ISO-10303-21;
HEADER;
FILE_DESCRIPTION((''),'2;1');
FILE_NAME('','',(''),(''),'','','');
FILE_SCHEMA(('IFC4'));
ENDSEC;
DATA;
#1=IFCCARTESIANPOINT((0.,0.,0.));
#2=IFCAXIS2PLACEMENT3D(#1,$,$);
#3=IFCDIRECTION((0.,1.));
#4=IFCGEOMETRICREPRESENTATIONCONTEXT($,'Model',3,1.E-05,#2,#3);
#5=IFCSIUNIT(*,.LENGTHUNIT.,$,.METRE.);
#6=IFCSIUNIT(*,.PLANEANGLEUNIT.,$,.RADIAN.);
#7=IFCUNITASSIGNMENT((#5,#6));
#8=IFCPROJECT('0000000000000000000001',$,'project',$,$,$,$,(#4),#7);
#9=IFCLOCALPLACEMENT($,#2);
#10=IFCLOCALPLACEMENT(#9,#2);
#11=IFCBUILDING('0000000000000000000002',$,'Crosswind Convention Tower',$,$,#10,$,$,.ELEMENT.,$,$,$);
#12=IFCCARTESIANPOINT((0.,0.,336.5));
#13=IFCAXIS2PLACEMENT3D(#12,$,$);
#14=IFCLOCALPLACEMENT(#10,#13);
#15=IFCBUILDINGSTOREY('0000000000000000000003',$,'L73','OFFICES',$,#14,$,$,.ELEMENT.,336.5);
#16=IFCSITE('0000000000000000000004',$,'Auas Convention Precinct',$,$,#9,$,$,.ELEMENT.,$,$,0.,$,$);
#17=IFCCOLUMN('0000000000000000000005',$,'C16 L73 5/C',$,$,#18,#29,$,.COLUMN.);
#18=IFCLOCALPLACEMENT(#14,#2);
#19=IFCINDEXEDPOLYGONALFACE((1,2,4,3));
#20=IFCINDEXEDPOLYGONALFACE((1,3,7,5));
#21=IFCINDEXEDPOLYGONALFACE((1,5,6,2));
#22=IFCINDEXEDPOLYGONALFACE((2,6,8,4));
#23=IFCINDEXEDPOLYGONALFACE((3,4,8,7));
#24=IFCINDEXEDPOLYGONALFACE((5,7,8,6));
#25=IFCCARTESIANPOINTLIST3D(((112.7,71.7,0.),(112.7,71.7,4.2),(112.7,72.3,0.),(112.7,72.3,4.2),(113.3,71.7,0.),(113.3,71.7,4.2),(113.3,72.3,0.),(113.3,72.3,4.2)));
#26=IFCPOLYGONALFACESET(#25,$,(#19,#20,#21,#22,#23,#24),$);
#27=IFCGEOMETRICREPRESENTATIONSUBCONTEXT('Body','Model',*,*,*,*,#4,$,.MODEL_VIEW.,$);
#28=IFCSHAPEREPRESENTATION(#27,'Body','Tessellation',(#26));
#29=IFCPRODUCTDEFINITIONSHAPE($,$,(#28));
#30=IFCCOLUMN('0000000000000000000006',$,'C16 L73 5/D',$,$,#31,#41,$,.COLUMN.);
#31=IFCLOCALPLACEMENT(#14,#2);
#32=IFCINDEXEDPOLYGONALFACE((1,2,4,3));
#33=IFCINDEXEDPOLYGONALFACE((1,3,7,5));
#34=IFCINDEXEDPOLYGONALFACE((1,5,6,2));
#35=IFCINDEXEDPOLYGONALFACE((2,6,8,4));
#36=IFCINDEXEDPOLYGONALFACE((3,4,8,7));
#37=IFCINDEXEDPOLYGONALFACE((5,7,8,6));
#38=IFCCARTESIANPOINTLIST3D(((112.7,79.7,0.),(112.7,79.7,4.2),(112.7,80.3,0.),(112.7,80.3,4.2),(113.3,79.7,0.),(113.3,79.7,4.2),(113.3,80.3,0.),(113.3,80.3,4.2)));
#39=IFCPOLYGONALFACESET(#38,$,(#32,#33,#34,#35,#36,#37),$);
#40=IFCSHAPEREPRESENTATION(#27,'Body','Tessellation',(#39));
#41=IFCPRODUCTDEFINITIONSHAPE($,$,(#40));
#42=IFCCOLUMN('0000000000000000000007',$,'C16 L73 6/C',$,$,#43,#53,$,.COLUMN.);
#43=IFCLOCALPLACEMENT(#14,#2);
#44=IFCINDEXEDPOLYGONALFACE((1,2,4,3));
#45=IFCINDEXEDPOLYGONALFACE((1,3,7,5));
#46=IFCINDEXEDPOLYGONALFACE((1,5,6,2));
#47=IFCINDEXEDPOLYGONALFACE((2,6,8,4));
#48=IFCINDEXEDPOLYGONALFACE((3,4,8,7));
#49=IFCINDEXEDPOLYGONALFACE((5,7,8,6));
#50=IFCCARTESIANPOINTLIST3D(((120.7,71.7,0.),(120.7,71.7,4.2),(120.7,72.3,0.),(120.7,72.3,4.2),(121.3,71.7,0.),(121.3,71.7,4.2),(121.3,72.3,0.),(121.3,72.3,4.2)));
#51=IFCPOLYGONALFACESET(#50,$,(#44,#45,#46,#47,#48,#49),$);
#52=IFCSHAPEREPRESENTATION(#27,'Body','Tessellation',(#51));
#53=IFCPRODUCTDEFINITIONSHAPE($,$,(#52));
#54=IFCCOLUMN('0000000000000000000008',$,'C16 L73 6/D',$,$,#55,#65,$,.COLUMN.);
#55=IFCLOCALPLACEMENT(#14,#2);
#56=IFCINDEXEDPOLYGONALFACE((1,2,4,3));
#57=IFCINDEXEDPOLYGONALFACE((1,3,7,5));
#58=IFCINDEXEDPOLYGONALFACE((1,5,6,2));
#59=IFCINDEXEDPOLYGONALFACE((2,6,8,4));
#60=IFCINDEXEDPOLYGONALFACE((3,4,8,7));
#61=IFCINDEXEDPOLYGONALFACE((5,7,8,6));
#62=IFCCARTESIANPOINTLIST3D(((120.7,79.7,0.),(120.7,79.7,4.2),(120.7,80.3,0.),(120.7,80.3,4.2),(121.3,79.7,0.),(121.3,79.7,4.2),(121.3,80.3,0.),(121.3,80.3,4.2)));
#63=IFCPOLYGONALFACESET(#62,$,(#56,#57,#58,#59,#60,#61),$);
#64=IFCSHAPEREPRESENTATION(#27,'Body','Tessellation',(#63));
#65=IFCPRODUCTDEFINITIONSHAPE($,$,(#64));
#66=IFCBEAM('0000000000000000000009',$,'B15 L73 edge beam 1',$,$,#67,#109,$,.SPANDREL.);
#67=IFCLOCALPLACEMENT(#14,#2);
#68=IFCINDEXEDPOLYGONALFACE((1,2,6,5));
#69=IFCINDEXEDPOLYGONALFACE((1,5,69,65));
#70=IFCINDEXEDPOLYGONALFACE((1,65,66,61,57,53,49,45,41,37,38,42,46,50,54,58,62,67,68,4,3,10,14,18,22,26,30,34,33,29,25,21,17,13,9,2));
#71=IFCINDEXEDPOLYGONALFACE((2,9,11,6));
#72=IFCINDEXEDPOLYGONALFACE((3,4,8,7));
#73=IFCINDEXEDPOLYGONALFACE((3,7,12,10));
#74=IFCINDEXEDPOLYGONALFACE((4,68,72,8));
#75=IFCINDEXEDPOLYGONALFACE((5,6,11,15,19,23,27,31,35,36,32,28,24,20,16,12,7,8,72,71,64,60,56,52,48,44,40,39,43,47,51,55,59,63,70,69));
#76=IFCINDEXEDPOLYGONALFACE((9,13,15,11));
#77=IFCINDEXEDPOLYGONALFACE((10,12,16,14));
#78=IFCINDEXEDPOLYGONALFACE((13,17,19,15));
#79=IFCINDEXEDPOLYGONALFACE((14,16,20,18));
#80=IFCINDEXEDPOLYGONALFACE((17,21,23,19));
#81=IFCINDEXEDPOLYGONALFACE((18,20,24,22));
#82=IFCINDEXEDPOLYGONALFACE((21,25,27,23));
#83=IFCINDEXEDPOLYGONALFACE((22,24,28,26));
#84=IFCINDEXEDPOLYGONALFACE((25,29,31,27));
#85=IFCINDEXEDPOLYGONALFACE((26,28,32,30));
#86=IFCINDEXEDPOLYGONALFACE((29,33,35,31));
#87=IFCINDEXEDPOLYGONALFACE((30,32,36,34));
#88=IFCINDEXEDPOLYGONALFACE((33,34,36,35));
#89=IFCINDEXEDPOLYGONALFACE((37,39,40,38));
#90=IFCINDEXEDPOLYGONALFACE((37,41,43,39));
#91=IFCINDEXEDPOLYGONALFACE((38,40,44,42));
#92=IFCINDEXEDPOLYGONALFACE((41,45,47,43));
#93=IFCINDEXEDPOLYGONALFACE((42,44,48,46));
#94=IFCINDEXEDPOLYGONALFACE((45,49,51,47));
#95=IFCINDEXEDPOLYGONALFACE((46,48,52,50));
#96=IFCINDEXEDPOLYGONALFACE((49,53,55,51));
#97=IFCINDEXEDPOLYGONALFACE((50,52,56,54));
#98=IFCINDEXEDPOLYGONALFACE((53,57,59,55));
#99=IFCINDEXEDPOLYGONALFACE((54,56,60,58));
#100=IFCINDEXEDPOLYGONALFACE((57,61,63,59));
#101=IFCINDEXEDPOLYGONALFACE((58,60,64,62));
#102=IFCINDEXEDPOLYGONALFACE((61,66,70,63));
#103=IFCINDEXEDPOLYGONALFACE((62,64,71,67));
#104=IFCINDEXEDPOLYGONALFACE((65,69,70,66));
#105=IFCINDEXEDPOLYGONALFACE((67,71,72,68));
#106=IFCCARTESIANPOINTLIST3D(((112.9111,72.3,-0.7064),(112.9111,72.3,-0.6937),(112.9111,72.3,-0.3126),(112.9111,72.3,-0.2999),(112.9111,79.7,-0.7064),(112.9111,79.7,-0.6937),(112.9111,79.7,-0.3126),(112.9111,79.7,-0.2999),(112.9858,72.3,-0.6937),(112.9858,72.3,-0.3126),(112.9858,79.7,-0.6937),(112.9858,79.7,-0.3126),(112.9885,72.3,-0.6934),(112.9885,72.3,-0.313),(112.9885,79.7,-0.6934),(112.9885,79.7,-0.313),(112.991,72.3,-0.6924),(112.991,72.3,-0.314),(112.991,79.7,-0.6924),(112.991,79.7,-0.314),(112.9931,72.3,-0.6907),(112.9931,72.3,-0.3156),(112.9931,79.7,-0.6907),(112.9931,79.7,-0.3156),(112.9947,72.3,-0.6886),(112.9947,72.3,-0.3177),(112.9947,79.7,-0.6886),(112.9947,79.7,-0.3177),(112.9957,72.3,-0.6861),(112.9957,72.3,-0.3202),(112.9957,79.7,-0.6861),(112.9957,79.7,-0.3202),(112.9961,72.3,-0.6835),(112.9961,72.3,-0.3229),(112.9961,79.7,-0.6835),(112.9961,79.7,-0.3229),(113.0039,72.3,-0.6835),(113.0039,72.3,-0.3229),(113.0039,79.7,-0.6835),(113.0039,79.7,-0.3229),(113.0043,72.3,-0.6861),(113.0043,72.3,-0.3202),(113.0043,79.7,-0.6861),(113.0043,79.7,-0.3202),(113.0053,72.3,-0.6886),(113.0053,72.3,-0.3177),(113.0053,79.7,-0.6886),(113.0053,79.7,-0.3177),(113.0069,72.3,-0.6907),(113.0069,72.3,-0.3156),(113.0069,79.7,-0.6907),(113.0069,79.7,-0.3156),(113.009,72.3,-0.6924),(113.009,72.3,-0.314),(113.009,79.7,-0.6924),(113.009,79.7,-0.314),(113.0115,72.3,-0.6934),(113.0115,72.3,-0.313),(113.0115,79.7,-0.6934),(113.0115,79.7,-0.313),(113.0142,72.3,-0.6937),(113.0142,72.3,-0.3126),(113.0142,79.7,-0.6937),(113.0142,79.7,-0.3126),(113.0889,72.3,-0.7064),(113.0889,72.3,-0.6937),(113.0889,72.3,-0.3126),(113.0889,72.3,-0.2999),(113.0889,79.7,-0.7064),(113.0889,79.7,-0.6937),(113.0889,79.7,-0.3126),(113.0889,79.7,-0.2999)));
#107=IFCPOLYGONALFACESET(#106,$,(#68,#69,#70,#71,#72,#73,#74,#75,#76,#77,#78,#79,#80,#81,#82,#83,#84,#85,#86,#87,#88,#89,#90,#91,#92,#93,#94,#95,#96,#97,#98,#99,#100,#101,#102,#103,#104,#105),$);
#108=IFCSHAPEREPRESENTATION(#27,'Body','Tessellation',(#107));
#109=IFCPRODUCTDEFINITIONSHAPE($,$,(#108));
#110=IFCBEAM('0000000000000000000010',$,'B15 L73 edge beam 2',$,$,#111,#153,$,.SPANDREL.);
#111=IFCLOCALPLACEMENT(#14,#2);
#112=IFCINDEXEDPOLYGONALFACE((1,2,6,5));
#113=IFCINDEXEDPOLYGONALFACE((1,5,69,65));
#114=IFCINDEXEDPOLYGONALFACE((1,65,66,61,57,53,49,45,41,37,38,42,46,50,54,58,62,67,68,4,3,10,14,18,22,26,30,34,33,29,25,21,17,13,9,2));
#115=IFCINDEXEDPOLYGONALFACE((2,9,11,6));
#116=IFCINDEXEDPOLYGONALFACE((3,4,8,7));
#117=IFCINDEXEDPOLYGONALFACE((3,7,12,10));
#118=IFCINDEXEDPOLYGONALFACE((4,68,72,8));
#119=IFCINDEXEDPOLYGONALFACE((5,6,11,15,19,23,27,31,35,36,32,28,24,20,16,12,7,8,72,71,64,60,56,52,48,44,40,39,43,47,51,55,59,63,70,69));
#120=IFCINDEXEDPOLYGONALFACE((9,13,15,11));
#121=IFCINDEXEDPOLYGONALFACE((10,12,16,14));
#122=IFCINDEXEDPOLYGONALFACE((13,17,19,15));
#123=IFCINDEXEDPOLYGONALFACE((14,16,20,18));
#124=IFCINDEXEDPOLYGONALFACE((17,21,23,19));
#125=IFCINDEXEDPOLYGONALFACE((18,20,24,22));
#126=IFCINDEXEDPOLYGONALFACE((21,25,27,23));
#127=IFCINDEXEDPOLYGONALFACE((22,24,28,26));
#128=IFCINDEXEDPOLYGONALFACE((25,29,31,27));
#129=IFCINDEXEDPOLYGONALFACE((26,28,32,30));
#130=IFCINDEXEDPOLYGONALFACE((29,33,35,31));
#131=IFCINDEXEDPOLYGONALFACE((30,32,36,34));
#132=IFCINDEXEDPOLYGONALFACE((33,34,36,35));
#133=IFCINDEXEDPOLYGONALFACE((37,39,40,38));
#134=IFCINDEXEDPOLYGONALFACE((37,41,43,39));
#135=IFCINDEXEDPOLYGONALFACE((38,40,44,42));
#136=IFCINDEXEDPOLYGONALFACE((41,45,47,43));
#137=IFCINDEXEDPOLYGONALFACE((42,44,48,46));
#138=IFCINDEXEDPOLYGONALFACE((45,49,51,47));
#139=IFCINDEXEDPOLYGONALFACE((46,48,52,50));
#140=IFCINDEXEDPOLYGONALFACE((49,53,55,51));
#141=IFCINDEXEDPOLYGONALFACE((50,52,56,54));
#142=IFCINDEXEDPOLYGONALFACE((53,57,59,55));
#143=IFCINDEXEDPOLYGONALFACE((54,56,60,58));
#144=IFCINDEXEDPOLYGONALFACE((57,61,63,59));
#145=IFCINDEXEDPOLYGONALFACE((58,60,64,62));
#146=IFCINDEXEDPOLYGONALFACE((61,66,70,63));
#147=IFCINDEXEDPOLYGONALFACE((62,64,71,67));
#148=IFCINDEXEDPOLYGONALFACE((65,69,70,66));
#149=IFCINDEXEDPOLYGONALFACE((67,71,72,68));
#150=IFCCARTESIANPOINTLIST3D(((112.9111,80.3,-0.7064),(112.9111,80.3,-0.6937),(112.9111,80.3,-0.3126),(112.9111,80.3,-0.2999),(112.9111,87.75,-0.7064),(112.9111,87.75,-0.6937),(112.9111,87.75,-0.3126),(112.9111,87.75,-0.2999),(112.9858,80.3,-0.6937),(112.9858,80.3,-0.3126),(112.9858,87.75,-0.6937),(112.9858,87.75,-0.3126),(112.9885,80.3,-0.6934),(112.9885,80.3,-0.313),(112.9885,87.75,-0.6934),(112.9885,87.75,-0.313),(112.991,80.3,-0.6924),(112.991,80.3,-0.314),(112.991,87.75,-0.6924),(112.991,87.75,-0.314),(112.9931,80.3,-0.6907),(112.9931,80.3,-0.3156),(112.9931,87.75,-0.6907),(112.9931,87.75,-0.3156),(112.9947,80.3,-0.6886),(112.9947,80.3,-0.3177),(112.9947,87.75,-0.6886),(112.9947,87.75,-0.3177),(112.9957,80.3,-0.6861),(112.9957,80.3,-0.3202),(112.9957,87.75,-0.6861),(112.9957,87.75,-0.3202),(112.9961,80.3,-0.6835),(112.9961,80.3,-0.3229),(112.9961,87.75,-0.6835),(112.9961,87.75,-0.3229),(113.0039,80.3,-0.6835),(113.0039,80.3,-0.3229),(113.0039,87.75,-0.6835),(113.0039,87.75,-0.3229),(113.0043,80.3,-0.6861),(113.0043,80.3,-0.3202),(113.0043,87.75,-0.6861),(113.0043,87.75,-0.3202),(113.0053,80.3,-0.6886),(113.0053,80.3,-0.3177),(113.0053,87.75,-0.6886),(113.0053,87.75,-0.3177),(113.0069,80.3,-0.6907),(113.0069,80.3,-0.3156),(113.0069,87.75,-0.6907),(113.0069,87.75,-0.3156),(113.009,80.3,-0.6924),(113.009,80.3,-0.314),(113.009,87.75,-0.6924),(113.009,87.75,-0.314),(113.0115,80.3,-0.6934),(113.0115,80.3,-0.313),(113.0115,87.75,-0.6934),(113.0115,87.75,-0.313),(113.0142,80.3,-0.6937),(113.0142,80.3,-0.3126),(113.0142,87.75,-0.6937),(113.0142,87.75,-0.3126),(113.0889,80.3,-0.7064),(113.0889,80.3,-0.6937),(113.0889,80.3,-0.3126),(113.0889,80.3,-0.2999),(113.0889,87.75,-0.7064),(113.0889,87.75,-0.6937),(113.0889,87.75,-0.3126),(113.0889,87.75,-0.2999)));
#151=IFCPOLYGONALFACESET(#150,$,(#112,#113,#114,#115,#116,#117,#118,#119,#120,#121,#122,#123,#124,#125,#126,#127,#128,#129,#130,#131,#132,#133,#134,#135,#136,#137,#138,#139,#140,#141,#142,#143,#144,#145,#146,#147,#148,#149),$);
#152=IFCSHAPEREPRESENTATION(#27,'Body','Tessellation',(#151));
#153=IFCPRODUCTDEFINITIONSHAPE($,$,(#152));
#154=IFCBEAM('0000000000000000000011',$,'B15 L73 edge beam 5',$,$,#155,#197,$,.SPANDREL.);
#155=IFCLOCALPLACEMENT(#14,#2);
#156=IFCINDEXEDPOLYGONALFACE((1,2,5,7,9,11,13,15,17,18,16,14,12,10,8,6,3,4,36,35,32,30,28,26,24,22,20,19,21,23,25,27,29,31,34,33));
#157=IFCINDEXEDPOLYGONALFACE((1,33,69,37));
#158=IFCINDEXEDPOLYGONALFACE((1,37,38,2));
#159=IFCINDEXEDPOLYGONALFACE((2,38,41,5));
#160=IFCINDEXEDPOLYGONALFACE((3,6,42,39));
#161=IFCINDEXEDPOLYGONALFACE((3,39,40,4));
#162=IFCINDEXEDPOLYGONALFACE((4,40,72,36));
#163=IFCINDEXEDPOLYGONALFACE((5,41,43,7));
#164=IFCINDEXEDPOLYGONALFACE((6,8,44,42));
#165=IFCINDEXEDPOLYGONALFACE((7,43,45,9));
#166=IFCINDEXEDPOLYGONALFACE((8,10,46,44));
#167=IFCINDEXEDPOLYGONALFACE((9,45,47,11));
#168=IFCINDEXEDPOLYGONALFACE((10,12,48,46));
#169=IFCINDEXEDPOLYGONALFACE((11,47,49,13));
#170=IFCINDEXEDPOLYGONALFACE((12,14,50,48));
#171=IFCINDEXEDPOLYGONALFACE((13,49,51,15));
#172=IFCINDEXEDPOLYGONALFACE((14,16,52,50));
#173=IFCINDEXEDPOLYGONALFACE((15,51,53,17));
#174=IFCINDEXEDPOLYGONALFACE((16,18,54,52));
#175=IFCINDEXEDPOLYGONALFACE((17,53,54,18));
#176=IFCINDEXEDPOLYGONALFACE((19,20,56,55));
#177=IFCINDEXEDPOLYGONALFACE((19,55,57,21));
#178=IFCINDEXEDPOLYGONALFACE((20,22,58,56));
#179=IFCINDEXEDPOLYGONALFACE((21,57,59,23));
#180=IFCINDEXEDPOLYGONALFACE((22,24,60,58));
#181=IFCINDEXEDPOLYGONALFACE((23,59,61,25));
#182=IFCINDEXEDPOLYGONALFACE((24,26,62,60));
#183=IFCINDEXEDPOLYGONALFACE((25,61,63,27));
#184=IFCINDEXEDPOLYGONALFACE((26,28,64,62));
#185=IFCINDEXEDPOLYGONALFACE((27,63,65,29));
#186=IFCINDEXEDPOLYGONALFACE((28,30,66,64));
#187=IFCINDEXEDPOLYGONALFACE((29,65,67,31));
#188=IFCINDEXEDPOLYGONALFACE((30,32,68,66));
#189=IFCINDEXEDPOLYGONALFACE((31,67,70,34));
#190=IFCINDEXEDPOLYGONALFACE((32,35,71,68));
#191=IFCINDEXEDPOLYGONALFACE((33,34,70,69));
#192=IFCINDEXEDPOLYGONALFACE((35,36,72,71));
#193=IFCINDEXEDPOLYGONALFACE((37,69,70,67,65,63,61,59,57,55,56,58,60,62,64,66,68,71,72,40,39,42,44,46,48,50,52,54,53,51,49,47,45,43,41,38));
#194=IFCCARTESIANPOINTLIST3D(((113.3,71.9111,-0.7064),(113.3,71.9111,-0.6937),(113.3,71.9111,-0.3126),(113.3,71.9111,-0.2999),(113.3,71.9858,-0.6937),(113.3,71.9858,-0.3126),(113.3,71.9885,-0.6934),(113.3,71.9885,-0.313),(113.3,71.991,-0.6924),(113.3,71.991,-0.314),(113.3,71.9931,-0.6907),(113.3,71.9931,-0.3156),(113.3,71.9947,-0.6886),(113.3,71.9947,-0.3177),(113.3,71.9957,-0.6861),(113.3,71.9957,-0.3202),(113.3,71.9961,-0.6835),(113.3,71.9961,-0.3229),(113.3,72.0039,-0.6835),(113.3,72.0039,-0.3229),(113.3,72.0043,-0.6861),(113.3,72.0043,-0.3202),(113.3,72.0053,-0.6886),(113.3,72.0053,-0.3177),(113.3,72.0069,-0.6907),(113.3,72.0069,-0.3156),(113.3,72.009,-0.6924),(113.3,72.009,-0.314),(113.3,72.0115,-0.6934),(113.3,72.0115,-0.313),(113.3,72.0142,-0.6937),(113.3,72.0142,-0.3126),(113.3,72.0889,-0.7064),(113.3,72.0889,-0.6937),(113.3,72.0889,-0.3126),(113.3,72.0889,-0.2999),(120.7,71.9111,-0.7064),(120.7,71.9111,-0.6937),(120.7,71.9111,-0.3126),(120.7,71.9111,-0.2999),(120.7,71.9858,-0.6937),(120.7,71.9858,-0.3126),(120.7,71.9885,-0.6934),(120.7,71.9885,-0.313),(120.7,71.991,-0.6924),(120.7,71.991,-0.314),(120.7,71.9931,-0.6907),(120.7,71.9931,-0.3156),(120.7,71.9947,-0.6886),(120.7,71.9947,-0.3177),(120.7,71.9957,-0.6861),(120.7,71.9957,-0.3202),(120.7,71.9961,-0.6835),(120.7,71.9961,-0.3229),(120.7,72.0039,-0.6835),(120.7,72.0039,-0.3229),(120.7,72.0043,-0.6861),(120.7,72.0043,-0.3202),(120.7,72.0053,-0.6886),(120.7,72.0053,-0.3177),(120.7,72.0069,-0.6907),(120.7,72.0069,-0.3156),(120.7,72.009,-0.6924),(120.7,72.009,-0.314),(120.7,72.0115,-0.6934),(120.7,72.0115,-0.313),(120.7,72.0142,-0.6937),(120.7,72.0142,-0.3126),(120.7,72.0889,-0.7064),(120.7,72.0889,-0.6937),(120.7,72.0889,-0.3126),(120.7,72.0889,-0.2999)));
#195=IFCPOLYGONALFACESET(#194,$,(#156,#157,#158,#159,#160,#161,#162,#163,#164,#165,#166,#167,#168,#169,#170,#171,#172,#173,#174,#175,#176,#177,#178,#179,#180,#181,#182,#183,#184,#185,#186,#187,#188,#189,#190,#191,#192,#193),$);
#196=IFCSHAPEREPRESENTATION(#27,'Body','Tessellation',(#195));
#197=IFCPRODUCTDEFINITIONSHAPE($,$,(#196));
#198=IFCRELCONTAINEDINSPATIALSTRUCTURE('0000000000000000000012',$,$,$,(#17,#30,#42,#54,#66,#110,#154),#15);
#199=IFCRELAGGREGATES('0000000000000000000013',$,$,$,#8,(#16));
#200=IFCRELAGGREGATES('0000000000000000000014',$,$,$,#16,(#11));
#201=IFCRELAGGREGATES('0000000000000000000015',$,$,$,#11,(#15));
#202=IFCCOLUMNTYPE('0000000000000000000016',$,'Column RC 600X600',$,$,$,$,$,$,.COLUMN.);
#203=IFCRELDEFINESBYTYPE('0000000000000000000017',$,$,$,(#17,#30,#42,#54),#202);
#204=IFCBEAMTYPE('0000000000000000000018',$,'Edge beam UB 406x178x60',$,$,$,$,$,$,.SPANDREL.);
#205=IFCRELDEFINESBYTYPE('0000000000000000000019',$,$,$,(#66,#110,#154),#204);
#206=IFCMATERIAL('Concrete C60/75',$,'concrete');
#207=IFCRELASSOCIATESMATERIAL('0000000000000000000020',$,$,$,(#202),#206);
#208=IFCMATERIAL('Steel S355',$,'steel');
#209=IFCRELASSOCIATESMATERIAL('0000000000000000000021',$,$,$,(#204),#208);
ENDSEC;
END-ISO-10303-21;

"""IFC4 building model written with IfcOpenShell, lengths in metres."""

from ifc_helpers import new_model, si_unit, direction, frame, origin, origin_2d, place, context, subcontext, project, spatial, rectangle, i_section, extrude, material, material_profile, profile_set, type_object, element, save


model = new_model("IFC4")

# Units and contexts
model_context = context("Model", 3, precision=1e-05, world=origin(), true_north=direction((0.0, 1.0)))
body_context = subcontext(model_context, "Body", "Model", "MODEL_VIEW")
ifc_project = project(units=[si_unit("LENGTHUNIT", "METRE"), si_unit("PLANEANGLEUNIT", "RADIAN")], contexts=[model_context])

# Site, building, storey
site_placement = place(None, origin())
site = spatial("IfcSite", under=ifc_project, at=site_placement, Name="Auas Convention Precinct", CompositionType="ELEMENT", RefElevation=0.0)
building_placement = place(site_placement, origin())
building = spatial("IfcBuilding", under=site, at=building_placement, Name="Crosswind Convention Tower", CompositionType="ELEMENT")
storey_placement = place(building_placement, frame((0.0, 0.0, 336.5)))
storey = spatial("IfcBuildingStorey", under=building, at=storey_placement, Name="L73", Description="OFFICES", CompositionType="ELEMENT", Elevation=336.5)

# Columns
ifc_material_1 = material(Name="Concrete C60/75", Category="concrete")
ifc_material_profile_1 = material_profile(ifc_material_1, rectangle(XDim=0.6001, YDim=0.6001, at=origin_2d()), Name="RC 600X600")
ifc_profile_set_1 = profile_set([ifc_material_profile_1], Name="Concrete C60/75")
column_type = type_object("IfcColumnType", Name="Column RC 600X600", PredefinedType="COLUMN", material=ifc_profile_set_1)
for number, where, z_axis, x_axis, name in (
    (1, (113.0, 72.0, 0.0), (0.0, 0.0, 1.0), (1.0, 0.0, 0.0), "C16 L73 5/C"),
    (2, (113.0, 80.0, 0.0), (0.0, 0.0, 1.0), (1.0, 0.0, 0.0), "C16 L73 5/D"),
    (3, (121.0, 72.0, 0.0), (0.0, 0.0, 1.0), (1.0, 0.0, 0.0), "C16 L73 6/C"),
    (4, (121.0, 80.0, 0.0), (0.0, 0.0, 1.0), (1.0, 0.0, 0.0), "C16 L73 6/D"),
):
    element("IfcColumn", number, at=place(storey_placement, frame(where, z_axis=z_axis, x_axis=x_axis)), inside=storey, type_object=column_type, Name=name, PredefinedType="COLUMN", context=body_context, shape_type="SweptSolid", body=[
        extrude(rectangle(XDim=0.6001, YDim=0.6001, at=origin_2d()), origin(), (0.0, 0.0, 1.0), 4.2),
    ])

# Beams
ifc_material_2 = material(Name="Steel S355", Category="steel")
ifc_material_profile_2 = material_profile(ifc_material_2, i_section(OverallWidth=0.1777, OverallDepth=0.4065, WebThickness=0.0078, FlangeThickness=0.0127, FilletRadius=0.0103, at=origin_2d()), Name="UB 406x178x60")
ifc_profile_set_2 = profile_set([ifc_material_profile_2], Name="Steel S355")
beam_type_1 = type_object("IfcBeamType", Name="Edge beam UB 406x178x60", PredefinedType="SPANDREL", material=ifc_profile_set_2)
beam_1_placement = place(storey_placement, frame((113.0, 72.3, -0.5032), z_axis=(0.0, 1.0, 0.0), x_axis=(-1.0, 0.0, 0.0)))
element("IfcBeam", 5, at=beam_1_placement, inside=storey, type_object=beam_type_1, Name="B15 L73 edge beam 1", PredefinedType="SPANDREL", context=body_context, shape_type="SweptSolid", body=[
    extrude(i_section(OverallWidth=0.1777, OverallDepth=0.4065, WebThickness=0.0078, FlangeThickness=0.0127, FilletRadius=0.0103, at=origin_2d()), origin(), (0.0, 0.0, 1.0), 7.3999),
])
beam_2_placement = place(storey_placement, frame((113.0, 80.3, -0.5032), z_axis=(0.0, 1.0, 0.0), x_axis=(-1.0, 0.0, 0.0)))
element("IfcBeam", 6, at=beam_2_placement, inside=storey, type_object=beam_type_1, Name="B15 L73 edge beam 2", PredefinedType="SPANDREL", context=body_context, shape_type="SweptSolid", body=[
    extrude(i_section(OverallWidth=0.1777, OverallDepth=0.4065, WebThickness=0.0078, FlangeThickness=0.0127, FilletRadius=0.0103, at=origin_2d()), origin(), (0.0, 0.0, 1.0), 7.45),
])
beam_3_placement = place(storey_placement, frame((113.3, 72.0, -0.5032), z_axis=(1.0, 0.0, 0.0), x_axis=(0.0, 1.0, 0.0)))
element("IfcBeam", 7, at=beam_3_placement, inside=storey, type_object=beam_type_1, Name="B15 L73 edge beam 5", PredefinedType="SPANDREL", context=body_context, shape_type="SweptSolid", body=[
    extrude(i_section(OverallWidth=0.1777, OverallDepth=0.4065, WebThickness=0.0078, FlangeThickness=0.0127, FilletRadius=0.0103, at=origin_2d()), origin(), (0.0, 0.0, 1.0), 7.3999),
])

save(model, "model.ifc")
